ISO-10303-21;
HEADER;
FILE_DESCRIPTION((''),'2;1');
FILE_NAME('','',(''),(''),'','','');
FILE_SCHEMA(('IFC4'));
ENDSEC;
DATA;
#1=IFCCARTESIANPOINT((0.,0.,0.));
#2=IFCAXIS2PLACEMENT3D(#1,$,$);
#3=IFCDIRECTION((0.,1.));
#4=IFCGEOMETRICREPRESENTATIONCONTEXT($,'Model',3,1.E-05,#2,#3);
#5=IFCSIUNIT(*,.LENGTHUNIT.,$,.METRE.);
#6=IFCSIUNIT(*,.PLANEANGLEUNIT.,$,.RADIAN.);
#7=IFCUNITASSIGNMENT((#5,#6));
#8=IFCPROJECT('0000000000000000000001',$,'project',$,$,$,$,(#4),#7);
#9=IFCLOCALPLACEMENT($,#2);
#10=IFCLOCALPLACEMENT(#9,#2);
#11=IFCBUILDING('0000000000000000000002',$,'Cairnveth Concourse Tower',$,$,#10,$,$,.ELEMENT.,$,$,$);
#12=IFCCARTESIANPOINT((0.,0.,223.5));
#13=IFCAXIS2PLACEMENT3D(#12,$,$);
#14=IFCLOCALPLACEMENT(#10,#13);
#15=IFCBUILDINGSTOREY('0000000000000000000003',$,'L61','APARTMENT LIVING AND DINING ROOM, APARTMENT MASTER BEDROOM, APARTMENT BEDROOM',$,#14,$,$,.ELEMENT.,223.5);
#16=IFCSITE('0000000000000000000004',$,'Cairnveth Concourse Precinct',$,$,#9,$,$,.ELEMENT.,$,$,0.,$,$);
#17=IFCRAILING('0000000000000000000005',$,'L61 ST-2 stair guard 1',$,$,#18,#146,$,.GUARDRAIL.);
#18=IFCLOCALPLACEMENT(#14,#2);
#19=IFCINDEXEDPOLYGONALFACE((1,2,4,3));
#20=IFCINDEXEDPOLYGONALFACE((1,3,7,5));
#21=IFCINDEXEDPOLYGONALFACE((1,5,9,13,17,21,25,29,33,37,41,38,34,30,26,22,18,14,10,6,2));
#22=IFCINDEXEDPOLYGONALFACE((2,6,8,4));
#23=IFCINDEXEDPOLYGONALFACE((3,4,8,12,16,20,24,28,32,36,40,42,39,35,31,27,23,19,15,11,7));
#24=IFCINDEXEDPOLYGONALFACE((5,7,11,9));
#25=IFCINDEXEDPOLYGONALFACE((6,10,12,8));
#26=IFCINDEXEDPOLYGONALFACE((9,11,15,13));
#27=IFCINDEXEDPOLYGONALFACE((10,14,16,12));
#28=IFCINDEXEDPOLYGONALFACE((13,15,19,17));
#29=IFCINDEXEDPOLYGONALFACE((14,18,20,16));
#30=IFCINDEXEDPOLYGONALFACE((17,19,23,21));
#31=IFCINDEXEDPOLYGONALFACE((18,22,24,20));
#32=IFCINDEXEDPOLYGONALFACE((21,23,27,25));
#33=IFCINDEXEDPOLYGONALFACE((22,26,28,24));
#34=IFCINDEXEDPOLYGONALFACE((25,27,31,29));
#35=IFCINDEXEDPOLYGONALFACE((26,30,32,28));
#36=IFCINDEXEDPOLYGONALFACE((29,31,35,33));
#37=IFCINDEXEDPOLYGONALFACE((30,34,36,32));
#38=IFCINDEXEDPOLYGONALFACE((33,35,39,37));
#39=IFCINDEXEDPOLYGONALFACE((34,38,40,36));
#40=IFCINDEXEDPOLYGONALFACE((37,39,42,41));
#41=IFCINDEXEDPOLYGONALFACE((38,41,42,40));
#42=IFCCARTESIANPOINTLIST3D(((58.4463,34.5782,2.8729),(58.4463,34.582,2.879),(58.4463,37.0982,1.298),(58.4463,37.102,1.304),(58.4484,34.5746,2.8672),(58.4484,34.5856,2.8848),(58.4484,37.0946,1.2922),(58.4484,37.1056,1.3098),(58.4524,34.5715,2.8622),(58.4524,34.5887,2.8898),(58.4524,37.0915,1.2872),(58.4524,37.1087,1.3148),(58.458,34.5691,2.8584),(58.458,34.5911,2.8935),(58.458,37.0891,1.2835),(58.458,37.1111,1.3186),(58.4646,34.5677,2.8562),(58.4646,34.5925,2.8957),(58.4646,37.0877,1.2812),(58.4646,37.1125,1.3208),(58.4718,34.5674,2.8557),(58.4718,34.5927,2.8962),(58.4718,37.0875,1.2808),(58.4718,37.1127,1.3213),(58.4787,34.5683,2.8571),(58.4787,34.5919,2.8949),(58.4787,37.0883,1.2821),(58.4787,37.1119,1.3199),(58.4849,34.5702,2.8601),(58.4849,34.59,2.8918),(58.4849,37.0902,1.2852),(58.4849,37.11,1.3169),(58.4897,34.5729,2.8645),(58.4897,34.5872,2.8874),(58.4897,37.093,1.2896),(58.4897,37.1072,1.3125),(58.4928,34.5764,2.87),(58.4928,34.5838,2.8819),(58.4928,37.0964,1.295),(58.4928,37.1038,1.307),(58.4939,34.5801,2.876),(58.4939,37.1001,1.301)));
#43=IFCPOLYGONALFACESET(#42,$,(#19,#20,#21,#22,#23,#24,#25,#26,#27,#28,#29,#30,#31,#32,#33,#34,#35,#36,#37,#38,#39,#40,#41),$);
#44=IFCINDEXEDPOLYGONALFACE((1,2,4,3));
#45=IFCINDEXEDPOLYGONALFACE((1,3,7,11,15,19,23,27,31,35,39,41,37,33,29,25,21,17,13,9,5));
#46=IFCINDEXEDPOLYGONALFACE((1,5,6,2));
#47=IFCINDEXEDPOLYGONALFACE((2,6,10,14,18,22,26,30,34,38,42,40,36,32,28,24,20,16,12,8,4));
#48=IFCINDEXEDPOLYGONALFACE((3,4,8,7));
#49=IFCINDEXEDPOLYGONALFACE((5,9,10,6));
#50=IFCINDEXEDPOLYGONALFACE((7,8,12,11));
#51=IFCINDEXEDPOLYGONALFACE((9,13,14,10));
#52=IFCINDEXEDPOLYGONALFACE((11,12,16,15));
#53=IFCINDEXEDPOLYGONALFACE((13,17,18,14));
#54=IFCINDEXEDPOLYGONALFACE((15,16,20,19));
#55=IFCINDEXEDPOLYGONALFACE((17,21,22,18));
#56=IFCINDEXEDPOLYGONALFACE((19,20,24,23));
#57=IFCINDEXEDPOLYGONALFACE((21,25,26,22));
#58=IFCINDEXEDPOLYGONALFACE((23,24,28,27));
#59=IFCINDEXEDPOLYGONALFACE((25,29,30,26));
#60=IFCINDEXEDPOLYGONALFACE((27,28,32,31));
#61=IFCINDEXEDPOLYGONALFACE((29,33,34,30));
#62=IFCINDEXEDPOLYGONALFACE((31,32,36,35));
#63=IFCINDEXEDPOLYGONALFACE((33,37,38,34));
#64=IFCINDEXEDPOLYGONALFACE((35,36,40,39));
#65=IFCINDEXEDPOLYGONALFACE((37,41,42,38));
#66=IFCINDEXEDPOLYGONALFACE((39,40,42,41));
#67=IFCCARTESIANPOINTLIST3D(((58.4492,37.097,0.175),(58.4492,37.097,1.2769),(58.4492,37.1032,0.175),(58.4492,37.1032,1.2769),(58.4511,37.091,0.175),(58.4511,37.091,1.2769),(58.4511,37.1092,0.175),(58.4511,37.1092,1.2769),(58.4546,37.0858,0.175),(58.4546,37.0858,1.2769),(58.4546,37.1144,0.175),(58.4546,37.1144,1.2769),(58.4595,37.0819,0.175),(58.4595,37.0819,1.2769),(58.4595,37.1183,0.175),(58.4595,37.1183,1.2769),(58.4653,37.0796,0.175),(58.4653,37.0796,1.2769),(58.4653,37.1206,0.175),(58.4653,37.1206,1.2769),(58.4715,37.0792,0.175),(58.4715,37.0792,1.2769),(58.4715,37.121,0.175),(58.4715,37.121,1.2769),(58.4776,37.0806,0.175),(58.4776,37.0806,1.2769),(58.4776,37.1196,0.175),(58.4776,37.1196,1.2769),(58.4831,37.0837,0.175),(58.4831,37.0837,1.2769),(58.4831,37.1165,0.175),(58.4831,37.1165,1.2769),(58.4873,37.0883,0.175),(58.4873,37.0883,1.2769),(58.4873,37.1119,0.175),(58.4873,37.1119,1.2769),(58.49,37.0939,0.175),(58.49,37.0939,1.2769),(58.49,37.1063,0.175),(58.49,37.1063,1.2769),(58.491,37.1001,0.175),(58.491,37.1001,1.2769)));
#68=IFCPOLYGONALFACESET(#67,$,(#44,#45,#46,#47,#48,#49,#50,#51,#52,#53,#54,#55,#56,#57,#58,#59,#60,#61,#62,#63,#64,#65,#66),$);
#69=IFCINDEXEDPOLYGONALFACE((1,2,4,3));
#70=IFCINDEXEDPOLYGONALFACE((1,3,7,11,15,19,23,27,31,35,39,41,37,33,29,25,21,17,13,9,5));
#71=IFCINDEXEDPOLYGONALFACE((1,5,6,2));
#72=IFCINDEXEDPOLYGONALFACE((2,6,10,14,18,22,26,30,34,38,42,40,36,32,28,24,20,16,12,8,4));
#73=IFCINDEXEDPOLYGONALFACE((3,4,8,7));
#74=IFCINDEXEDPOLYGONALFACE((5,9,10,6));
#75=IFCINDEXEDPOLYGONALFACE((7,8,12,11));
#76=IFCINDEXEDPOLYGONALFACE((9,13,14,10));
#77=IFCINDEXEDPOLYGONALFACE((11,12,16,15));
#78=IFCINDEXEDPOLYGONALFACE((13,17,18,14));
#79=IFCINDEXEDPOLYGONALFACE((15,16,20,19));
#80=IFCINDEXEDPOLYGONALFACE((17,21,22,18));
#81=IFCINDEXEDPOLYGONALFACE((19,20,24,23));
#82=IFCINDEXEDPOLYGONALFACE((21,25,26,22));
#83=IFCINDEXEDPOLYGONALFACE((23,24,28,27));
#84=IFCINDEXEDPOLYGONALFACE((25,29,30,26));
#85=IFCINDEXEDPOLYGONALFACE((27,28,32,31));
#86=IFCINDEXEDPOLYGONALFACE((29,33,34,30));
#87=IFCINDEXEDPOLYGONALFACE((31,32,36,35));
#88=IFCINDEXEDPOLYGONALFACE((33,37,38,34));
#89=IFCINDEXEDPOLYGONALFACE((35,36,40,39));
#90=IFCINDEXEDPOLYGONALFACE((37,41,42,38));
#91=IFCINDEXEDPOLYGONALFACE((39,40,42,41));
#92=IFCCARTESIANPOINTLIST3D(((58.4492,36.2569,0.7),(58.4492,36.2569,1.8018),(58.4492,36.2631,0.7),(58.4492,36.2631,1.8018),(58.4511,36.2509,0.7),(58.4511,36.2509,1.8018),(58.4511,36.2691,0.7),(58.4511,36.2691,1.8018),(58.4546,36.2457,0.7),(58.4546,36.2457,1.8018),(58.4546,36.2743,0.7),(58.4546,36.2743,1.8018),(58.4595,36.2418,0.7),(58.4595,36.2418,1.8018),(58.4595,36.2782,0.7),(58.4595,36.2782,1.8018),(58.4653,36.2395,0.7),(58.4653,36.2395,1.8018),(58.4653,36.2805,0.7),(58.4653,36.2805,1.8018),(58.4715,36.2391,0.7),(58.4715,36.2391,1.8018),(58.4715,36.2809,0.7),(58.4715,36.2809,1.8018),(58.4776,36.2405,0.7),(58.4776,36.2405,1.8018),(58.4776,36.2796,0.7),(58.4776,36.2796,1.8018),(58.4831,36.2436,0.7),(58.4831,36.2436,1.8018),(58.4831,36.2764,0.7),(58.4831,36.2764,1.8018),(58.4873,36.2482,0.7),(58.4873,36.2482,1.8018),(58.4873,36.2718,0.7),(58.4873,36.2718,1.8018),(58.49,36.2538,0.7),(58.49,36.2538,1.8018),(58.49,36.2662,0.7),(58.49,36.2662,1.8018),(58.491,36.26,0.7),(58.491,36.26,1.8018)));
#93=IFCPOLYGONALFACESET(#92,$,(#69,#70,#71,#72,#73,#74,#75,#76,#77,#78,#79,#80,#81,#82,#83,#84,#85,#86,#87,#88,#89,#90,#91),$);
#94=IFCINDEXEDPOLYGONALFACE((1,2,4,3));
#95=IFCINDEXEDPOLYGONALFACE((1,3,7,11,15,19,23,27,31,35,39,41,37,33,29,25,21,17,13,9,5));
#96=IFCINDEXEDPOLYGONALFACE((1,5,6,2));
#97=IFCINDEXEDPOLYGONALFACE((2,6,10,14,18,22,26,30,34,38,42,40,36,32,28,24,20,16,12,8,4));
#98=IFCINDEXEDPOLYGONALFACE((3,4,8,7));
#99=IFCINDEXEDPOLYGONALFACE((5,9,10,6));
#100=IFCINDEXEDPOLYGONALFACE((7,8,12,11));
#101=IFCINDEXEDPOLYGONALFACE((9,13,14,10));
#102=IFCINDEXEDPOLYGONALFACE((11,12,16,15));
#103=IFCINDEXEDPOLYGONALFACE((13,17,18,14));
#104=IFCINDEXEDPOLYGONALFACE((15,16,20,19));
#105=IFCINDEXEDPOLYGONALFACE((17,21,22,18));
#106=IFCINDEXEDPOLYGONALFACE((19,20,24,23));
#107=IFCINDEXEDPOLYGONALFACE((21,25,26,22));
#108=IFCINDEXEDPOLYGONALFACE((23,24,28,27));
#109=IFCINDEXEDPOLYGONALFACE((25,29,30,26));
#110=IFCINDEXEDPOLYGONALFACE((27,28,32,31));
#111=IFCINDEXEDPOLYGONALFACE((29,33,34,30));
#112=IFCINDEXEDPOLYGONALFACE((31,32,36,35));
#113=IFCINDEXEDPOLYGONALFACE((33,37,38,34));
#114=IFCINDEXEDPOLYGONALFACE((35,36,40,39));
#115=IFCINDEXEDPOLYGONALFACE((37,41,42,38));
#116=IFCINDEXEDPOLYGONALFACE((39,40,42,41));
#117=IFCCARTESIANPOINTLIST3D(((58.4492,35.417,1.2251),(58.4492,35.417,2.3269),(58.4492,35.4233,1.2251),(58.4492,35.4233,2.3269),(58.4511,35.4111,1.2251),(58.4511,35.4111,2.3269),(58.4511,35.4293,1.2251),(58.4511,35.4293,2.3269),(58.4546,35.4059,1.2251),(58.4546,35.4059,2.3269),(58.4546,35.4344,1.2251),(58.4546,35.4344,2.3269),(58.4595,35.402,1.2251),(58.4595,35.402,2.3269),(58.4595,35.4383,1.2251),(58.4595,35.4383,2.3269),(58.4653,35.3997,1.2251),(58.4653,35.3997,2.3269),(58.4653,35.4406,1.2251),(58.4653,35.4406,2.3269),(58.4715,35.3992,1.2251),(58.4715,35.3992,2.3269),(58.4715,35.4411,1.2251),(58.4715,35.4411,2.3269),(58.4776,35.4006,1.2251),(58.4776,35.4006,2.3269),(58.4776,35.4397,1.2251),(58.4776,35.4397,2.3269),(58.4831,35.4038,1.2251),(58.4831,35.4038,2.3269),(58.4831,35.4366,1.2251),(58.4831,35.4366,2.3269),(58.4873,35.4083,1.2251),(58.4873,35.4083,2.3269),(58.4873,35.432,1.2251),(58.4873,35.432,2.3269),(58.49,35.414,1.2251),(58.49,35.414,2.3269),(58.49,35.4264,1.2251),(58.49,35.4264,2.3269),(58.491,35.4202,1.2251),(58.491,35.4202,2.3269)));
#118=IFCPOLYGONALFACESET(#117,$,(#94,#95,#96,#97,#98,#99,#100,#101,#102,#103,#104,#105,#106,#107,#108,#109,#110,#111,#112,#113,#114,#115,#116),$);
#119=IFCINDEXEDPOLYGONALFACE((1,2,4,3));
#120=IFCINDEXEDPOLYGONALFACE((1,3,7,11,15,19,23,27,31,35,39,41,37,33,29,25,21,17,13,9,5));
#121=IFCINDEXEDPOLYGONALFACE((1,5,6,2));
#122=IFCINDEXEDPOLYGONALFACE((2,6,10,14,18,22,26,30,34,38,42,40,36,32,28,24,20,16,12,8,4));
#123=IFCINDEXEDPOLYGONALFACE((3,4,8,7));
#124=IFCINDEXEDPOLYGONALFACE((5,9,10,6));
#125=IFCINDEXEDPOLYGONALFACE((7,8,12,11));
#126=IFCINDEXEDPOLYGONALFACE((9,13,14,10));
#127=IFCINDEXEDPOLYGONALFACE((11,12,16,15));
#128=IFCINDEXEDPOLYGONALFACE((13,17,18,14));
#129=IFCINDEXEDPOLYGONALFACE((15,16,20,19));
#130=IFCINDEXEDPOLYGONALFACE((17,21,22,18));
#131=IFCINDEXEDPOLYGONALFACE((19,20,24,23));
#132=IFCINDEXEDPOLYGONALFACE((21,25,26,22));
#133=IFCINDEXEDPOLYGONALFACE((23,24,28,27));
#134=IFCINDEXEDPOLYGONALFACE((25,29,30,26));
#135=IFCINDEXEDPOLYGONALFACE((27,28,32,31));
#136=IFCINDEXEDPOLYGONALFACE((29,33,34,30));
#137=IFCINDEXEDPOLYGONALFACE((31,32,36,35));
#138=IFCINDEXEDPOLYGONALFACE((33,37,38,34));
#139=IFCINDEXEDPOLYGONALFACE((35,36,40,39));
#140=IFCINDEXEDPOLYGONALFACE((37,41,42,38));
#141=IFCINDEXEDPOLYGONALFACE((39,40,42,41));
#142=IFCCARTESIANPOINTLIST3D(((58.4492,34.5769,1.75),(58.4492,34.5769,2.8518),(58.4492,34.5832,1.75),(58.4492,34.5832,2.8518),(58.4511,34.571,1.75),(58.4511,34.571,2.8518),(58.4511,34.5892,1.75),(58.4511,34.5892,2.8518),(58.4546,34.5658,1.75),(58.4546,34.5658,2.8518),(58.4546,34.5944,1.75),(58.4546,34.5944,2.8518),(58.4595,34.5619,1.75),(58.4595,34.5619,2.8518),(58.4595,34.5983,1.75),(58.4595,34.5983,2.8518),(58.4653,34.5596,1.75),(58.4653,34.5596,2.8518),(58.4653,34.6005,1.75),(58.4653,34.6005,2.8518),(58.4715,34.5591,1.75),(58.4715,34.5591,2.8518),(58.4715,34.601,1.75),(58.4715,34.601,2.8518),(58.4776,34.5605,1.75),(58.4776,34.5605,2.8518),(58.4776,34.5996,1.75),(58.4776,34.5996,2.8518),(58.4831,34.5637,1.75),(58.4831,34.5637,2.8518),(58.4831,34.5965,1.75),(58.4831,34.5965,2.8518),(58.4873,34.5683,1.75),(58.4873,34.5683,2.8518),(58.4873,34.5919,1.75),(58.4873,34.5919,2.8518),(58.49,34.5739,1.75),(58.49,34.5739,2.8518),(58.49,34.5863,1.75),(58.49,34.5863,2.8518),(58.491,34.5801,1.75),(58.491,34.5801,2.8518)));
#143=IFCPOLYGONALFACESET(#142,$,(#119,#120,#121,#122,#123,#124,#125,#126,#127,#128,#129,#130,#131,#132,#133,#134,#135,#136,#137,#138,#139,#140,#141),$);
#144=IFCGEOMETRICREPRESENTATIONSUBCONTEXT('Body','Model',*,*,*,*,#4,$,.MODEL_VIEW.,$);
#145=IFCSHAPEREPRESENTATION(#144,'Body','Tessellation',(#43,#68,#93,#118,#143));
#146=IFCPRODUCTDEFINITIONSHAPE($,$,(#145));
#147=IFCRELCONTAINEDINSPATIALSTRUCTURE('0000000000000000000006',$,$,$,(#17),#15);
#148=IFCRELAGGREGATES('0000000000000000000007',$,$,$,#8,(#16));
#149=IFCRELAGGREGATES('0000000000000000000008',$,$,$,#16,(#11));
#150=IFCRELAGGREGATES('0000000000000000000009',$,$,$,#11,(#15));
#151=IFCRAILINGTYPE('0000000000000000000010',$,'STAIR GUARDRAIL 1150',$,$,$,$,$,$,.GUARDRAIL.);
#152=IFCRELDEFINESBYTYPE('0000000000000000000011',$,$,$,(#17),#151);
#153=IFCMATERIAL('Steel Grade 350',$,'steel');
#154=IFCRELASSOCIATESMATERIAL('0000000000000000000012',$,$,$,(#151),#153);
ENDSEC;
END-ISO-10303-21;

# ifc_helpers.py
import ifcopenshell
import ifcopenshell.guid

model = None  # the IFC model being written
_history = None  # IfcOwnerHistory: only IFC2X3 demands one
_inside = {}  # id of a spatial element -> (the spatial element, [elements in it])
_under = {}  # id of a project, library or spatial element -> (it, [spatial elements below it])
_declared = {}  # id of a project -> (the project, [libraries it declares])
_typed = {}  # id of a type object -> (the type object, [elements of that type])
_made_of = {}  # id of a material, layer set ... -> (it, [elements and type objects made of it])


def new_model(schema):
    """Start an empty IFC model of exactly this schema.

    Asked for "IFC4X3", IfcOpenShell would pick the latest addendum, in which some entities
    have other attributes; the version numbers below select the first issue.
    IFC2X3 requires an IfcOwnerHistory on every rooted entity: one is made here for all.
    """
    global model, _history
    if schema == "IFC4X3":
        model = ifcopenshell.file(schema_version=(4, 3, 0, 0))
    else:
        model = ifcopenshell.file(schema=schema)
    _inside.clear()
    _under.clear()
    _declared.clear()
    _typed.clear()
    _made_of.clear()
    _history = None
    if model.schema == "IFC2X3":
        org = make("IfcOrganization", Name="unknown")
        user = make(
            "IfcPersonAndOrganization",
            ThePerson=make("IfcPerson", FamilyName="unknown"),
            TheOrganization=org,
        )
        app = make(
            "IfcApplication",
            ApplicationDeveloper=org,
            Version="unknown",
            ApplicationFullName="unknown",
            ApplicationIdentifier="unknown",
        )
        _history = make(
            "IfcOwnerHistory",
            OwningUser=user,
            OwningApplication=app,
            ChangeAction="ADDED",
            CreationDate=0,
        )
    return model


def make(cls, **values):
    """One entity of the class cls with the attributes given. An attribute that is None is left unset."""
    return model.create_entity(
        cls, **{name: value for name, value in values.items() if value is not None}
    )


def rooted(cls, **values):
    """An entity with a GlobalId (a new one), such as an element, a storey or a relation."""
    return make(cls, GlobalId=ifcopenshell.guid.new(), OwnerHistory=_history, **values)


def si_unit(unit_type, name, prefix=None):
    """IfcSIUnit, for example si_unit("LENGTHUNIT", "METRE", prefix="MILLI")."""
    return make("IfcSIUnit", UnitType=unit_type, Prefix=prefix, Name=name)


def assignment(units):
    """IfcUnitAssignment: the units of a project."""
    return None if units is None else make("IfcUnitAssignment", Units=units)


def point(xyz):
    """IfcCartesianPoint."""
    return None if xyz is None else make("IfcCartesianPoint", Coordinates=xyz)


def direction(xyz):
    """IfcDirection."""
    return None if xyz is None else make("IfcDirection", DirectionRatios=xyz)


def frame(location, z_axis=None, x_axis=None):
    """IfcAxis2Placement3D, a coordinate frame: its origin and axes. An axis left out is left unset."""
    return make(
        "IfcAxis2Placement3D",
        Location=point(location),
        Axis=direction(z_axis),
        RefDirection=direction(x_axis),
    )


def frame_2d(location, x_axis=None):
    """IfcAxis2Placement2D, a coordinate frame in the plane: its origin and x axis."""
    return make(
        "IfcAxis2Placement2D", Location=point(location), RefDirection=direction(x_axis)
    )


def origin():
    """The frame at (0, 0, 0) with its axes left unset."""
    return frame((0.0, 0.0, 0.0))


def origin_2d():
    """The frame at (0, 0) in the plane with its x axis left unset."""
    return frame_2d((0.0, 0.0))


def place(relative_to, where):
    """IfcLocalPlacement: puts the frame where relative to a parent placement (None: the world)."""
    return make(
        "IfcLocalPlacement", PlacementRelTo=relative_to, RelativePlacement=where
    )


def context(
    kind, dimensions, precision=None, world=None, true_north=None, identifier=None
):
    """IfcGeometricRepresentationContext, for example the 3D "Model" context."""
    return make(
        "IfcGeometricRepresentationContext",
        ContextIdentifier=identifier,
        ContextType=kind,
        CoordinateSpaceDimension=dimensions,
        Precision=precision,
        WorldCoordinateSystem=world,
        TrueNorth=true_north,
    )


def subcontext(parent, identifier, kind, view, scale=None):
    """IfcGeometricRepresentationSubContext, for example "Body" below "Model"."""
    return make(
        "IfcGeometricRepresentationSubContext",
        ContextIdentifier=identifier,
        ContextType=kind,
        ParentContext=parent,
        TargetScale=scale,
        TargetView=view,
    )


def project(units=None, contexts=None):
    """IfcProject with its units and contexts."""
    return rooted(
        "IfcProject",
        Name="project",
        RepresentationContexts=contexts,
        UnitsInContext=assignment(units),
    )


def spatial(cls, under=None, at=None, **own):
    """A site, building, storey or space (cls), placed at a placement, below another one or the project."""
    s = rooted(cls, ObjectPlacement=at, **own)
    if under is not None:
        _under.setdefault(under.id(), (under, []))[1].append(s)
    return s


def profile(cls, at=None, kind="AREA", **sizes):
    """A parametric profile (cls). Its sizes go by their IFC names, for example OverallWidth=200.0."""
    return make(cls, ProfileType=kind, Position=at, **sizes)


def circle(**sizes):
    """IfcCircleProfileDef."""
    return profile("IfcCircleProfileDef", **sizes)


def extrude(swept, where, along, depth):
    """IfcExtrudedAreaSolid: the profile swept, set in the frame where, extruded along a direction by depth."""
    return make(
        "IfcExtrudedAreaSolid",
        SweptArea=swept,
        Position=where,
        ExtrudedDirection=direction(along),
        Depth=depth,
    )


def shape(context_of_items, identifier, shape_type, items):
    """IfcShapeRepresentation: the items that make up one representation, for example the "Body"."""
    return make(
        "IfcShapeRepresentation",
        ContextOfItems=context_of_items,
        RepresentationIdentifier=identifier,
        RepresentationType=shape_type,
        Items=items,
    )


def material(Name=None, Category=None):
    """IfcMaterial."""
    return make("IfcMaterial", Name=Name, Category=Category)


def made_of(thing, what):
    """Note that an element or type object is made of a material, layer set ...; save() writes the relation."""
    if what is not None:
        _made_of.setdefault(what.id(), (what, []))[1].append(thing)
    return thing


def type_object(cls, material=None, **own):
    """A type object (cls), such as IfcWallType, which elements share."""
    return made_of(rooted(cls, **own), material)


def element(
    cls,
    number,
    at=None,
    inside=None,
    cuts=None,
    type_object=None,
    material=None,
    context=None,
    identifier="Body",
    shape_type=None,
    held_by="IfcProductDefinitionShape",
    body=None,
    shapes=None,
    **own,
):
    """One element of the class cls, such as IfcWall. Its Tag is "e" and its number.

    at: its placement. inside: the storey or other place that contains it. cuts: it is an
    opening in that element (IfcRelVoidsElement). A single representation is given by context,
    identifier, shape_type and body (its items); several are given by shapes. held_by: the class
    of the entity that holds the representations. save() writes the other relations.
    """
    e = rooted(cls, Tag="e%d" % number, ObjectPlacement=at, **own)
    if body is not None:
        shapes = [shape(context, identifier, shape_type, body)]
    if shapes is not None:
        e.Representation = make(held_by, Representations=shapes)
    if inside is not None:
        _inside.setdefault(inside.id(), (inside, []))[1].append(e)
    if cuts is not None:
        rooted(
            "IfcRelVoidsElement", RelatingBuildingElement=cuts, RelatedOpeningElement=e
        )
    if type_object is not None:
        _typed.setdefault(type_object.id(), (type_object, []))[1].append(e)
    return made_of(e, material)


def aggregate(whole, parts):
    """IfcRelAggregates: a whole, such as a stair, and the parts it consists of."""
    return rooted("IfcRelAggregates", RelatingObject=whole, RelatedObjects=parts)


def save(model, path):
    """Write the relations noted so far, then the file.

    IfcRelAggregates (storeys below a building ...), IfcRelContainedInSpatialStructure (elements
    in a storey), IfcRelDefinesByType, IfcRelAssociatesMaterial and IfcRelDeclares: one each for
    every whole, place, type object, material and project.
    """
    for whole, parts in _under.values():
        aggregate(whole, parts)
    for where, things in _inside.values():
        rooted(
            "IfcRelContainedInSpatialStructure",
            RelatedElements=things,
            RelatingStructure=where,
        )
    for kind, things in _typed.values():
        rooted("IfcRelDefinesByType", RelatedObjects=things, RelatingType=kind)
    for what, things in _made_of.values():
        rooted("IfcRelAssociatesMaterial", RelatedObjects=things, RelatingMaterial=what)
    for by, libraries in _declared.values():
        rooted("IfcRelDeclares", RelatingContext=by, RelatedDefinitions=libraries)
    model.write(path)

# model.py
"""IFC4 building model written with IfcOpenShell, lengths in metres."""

from ifc_helpers import new_model, si_unit, direction, frame, origin, origin_2d, place, context, subcontext, project, spatial, circle, extrude, material, type_object, element, save


model = new_model("IFC4")

# Units and contexts
model_context = context("Model", 3, precision=1e-05, world=origin(), true_north=direction((0.0, 1.0)))
body_context = subcontext(model_context, "Body", "Model", "MODEL_VIEW")
ifc_project = project(units=[si_unit("LENGTHUNIT", "METRE"), si_unit("PLANEANGLEUNIT", "RADIAN")], contexts=[model_context])

# Site, building, storey
site_placement = place(None, origin())
site = spatial("IfcSite", under=ifc_project, at=site_placement, Name="Cairnveth Concourse Precinct", CompositionType="ELEMENT", RefElevation=0.0)
building_placement = place(site_placement, origin())
building = spatial("IfcBuilding", under=site, at=building_placement, Name="Cairnveth Concourse Tower", CompositionType="ELEMENT")
storey_placement = place(building_placement, frame((0.0, 0.0, 223.5)))
storey = spatial("IfcBuildingStorey", under=building, at=storey_placement, Name="L61", Description="APARTMENT LIVING AND DINING ROOM, APARTMENT MASTER BEDROOM, APARTMENT BEDROOM", CompositionType="ELEMENT", Elevation=223.5)

# Shared definitions
ifc_material_1 = material(Name="Steel Grade 350", Category="steel")

# Railing
railing_type_1 = type_object("IfcRailingType", Name="STAIR GUARDRAIL 1150", PredefinedType="GUARDRAIL", material=ifc_material_1)
railing_1_placement = place(storey_placement, frame((58.47, 37.1001, 0.175)))
element("IfcRailing", 1, at=railing_1_placement, inside=storey, type_object=railing_type_1, Name="L61 ST-2 stair guard 1", PredefinedType="GUARDRAIL", context=body_context, shape_type="SweptSolid", body=[
    extrude(circle(Radius=0.0239, at=origin_2d()), frame((0.0, 0.0, 1.126), z_axis=(0.0, -0.848008, 0.529984), x_axis=(1.0, 0.0, 0.0)), (0.0, 0.0, 1.0), 2.9717),
    extrude(circle(Radius=0.021, at=origin_2d()), origin(), (0.0, 0.0, 1.0), 1.1018),
    extrude(circle(Radius=0.021, at=origin_2d()), frame((0.0, -0.8401, 0.5249)), (0.0, 0.0, 1.0), 1.1018),
    extrude(circle(Radius=0.021, at=origin_2d()), frame((0.0, -1.6799, 1.05)), (0.0, 0.0, 1.0), 1.1018),
    extrude(circle(Radius=0.021, at=origin_2d()), frame((0.0, -2.52, 1.575)), (0.0, 0.0, 1.0), 1.1018),
])

save(model, "model.ifc")
